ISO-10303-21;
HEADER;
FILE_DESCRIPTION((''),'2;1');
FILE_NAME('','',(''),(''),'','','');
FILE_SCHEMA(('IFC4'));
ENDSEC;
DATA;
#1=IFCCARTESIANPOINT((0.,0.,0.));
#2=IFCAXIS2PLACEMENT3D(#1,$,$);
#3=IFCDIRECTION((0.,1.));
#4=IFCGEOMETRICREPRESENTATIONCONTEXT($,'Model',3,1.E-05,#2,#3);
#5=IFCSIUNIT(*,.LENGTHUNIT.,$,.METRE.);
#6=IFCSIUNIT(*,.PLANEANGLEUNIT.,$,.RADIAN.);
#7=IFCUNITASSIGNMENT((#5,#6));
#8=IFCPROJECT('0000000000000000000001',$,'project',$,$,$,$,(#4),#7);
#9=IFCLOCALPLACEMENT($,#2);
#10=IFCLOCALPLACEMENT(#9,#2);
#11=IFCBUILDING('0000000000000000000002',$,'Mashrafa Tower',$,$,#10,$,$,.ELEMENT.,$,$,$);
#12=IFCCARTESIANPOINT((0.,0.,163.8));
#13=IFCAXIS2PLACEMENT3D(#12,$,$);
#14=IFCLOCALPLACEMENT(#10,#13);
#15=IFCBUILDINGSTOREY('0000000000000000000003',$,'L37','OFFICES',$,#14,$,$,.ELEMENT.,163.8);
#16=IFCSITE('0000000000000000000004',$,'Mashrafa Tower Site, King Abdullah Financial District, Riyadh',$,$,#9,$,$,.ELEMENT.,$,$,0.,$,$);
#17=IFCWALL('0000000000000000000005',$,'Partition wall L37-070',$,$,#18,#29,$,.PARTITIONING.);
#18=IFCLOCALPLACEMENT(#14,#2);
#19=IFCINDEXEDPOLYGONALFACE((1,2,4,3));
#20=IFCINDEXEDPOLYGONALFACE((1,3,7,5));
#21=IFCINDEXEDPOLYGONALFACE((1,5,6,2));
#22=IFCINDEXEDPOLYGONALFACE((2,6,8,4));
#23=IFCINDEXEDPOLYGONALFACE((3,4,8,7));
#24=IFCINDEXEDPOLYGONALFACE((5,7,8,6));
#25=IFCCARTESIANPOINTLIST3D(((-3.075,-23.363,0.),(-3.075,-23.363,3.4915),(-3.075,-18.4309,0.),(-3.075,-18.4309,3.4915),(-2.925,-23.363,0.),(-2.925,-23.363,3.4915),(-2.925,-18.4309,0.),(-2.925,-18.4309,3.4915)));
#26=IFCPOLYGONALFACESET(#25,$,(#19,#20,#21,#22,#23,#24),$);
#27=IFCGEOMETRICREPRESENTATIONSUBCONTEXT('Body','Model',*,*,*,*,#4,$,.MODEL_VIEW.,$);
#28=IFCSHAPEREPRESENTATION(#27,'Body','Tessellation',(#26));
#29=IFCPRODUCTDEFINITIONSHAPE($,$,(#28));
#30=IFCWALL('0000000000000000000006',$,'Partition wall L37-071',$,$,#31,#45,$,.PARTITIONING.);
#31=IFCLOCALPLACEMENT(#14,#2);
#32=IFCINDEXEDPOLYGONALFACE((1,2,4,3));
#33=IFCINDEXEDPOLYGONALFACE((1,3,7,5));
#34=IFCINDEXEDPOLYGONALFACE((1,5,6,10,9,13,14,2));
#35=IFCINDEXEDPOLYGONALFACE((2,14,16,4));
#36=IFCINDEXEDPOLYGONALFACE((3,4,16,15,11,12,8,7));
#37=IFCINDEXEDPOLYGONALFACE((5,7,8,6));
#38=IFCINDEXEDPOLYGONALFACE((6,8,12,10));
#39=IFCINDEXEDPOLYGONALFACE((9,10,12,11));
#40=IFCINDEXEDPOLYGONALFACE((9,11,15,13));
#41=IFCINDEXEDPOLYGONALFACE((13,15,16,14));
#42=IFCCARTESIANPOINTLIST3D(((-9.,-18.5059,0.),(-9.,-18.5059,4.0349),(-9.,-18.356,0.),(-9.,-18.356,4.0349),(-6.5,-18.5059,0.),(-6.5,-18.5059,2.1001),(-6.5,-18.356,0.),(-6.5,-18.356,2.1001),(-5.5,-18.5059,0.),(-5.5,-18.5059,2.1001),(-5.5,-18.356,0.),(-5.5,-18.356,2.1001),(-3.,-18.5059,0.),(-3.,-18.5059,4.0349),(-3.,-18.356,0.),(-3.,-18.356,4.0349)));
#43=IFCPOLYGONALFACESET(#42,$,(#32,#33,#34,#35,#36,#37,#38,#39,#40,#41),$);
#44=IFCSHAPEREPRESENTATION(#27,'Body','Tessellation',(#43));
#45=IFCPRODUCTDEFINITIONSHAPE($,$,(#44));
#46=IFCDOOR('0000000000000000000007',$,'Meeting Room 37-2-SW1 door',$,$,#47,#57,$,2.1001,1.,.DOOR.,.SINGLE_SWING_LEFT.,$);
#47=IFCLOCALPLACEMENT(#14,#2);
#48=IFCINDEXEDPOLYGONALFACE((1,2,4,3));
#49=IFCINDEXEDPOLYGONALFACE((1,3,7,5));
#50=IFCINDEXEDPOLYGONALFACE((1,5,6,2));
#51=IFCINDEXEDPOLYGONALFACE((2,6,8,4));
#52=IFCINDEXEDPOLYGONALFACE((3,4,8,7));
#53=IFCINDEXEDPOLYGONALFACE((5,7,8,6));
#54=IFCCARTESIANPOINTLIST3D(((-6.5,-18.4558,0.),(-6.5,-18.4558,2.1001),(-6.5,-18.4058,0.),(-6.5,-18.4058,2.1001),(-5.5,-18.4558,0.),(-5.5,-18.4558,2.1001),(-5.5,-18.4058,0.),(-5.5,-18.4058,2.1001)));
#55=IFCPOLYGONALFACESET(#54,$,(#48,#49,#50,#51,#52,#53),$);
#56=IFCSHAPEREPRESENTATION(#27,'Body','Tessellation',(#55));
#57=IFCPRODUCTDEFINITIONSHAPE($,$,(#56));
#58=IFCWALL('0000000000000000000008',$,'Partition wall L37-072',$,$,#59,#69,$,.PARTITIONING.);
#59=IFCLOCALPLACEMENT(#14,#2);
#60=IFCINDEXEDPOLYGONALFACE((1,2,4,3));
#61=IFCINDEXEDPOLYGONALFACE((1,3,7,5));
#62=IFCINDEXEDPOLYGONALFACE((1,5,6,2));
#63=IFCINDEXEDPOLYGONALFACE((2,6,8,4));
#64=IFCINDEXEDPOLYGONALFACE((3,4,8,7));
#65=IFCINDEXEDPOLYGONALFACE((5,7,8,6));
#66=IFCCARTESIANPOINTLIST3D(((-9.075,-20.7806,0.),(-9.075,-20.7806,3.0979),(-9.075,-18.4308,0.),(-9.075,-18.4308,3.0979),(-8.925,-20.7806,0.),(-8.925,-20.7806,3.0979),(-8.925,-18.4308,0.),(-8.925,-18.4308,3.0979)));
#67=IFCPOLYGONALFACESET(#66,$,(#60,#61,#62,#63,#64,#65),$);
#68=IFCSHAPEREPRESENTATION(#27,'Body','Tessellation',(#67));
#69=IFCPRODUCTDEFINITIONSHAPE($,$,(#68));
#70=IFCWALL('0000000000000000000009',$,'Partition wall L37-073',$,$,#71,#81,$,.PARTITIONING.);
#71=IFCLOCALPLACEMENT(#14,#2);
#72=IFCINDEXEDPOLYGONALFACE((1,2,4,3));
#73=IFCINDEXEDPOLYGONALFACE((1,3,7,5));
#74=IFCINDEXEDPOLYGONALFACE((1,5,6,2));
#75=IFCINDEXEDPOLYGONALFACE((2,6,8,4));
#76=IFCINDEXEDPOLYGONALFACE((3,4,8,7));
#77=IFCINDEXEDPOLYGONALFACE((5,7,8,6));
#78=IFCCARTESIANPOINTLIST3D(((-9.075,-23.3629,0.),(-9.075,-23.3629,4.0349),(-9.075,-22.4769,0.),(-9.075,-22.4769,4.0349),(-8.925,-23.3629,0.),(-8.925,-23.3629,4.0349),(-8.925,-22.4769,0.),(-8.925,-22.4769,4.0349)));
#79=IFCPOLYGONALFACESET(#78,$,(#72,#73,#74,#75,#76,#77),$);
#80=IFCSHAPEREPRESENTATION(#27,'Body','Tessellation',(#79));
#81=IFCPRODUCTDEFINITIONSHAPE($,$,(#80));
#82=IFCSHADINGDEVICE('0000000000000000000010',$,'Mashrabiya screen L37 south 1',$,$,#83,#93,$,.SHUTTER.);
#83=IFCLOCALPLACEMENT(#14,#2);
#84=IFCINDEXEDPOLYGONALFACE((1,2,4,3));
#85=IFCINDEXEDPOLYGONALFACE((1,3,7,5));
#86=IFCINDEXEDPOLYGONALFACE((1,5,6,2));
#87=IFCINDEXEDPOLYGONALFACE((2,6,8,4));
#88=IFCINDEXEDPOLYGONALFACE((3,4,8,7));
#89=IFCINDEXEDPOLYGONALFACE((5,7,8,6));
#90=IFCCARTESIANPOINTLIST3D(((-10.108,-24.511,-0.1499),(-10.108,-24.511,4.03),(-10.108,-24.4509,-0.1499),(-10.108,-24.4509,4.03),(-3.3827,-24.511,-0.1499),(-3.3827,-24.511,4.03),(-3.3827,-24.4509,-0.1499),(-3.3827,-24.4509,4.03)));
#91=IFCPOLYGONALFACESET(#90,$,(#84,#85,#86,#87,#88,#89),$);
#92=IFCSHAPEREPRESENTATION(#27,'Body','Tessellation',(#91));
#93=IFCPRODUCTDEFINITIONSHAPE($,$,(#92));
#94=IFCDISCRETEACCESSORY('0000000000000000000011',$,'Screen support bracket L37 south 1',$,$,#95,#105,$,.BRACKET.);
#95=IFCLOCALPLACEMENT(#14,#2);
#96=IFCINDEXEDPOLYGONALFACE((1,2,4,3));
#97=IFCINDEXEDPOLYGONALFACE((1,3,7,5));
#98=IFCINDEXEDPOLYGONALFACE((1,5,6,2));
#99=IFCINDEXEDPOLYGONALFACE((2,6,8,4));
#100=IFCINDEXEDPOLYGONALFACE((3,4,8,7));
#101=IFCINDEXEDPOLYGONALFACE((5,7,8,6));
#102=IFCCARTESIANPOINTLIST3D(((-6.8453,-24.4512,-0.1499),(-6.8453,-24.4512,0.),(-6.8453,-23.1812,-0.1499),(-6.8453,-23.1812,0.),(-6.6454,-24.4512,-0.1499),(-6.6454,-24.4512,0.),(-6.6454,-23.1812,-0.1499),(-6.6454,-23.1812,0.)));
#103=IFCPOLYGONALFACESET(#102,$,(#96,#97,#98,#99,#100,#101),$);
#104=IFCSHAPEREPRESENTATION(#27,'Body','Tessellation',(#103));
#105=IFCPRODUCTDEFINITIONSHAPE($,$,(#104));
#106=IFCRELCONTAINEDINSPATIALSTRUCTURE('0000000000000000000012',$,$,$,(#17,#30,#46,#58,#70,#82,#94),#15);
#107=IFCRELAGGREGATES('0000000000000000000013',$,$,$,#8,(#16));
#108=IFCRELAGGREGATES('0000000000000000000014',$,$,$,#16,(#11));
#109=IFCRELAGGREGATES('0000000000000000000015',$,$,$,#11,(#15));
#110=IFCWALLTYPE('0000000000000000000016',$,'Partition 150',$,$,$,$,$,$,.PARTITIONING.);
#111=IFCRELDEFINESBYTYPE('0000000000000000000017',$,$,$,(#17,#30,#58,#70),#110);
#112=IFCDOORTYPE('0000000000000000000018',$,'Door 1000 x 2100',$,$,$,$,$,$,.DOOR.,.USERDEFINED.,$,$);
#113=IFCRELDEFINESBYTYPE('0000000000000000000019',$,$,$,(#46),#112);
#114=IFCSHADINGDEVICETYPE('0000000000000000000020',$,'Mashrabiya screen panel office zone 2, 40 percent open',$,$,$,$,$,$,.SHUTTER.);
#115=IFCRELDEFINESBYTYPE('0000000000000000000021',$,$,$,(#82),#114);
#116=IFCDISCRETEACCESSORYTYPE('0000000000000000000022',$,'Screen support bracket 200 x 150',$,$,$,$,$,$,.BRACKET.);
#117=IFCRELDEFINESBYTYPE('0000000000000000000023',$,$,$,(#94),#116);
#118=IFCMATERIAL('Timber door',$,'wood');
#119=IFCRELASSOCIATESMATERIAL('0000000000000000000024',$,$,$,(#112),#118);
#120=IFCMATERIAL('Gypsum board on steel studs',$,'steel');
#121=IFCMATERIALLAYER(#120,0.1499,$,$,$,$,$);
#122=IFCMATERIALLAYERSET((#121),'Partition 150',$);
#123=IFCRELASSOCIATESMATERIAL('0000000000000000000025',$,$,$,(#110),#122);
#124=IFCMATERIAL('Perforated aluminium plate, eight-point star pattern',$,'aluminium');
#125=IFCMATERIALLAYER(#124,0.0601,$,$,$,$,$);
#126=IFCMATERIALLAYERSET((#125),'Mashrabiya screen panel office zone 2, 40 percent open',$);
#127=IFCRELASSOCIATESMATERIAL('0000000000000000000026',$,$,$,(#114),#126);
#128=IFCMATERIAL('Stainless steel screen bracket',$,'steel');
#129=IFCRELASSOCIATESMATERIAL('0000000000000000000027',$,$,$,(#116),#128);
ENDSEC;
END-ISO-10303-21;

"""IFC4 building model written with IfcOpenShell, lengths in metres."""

from ifc_helpers import new_model, si_unit, direction, frame, frame_2d, origin, origin_2d, place, context, subcontext, project, spatial, rectangle, extrude, source, transform, mapped, material, layer, layer_set, type_object, type_shapes, element, fill, save


model = new_model("IFC4")

# Units and contexts
model_context = context("Model", 3, precision=1e-05, world=origin(), true_north=direction((0.0, 1.0)))
body_context = subcontext(model_context, "Body", "Model", "MODEL_VIEW")
ifc_project = project(units=[si_unit("LENGTHUNIT", "METRE"), si_unit("PLANEANGLEUNIT", "RADIAN")], contexts=[model_context])

# Site, building, storey
site_placement = place(None, origin())
site = spatial("IfcSite", under=ifc_project, at=site_placement, Name="Mashrafa Tower Site, King Abdullah Financial District, Riyadh", CompositionType="ELEMENT", RefElevation=0.0)
building_placement = place(site_placement, origin())
building = spatial("IfcBuilding", under=site, at=building_placement, Name="Mashrafa Tower", CompositionType="ELEMENT")
storey_placement = place(building_placement, frame((0.0, 0.0, 163.8)))
storey = spatial("IfcBuildingStorey", under=building, at=storey_placement, Name="L37", Description="OFFICES", CompositionType="ELEMENT", Elevation=163.8)

# Shared definitions
ifc_material_1 = material(Name="Timber door", Category="wood")
door_type = type_object("IfcDoorType", Name="Door 1000 x 2100", OperationType="USERDEFINED", PredefinedType="DOOR", material=ifc_material_1)

# Wall
ifc_material_2 = material(Name="Gypsum board on steel studs", Category="steel")
ifc_layer_1 = layer(ifc_material_2, 0.1499)
ifc_layer_set_1 = layer_set([ifc_layer_1], Name="Partition 150")
wall_type_1 = type_object("IfcWallType", Name="Partition 150", PredefinedType="PARTITIONING", material=ifc_layer_set_1)
wall_1_placement = place(storey_placement, frame((-3.0, -23.363, 0.0), z_axis=(0.0, 0.0, 1.0), x_axis=(0.0, 1.0, 0.0)))
element("IfcWall", 1, at=wall_1_placement, inside=storey, type_object=wall_type_1, Name="Partition wall L37-070", PredefinedType="PARTITIONING", context=body_context, shape_type="SweptSolid", body=[
    extrude(rectangle(XDim=4.9321, YDim=0.1499, at=frame_2d((2.4661, 0.0))), origin(), (0.0, 0.0, 1.0), 3.4915),
])

# Wall, opening, door
wall_2_placement = place(storey_placement, frame((-3.0, -18.4309, 0.0), z_axis=(0.0, 0.0, 1.0), x_axis=(-1.0, 0.0, 0.0)))
wall_2 = element("IfcWall", 2, at=wall_2_placement, inside=storey, type_object=wall_type_1, Name="Partition wall L37-071", PredefinedType="PARTITIONING", context=body_context, shape_type="SweptSolid", body=[
    extrude(rectangle(XDim=6.0, YDim=0.1499, at=frame_2d((3.0, 0.0))), origin(), (0.0, 0.0, 1.0), 4.0349),
])
opening_1_placement = place(wall_2_placement, frame((2.5, 0.0, 0.0)))
opening_1 = element("IfcOpeningElement", 3, at=opening_1_placement, cuts=wall_2, PredefinedType="OPENING", context=body_context, shape_type="SweptSolid", body=[
    extrude(rectangle(XDim=1.0, YDim=2.1001, at=frame_2d((0.5, 1.05))), frame((0.0, 0.085, 0.0), z_axis=(0.0, -1.0, 0.0), x_axis=(1.0, 0.0, 0.0)), (0.0, 0.0, 1.0), 0.1699),
])
door_1_placement = place(opening_1_placement, origin())
door_1 = element("IfcDoor", 4, at=door_1_placement, inside=storey, type_object=door_type, Name="Meeting Room 37-2-SW1 door", OperationType="SINGLE_SWING_LEFT", OverallHeight=2.1001, OverallWidth=1.0, PredefinedType="DOOR", context=body_context, shape_type="SweptSolid", body=[
    extrude(rectangle(XDim=1.0, YDim=2.1001, at=frame_2d((0.5, 1.05))), frame((0.0, 0.0249, 0.0), z_axis=(0.0, -1.0, 0.0), x_axis=(1.0, 0.0, 0.0)), (0.0, 0.0, 1.0), 0.05),
])
fill(opening_1, door_1)

# Walls
wall_3_placement = place(storey_placement, frame((-9.0, -18.4309, 0.0), z_axis=(0.0, 0.0, 1.0), x_axis=(0.0, -1.0, 0.0)))
element("IfcWall", 5, at=wall_3_placement, inside=storey, type_object=wall_type_1, Name="Partition wall L37-072", PredefinedType="PARTITIONING", context=body_context, shape_type="SweptSolid", body=[
    extrude(rectangle(XDim=2.3499, YDim=0.1499, at=frame_2d((1.1748, 0.0))), origin(), (0.0, 0.0, 1.0), 3.0979),
])
wall_4_placement = place(storey_placement, frame((-9.0, -22.4771, 0.0), z_axis=(0.0, 0.0, 1.0), x_axis=(0.0, -1.0, 0.0)))
element("IfcWall", 6, at=wall_4_placement, inside=storey, type_object=wall_type_1, Name="Partition wall L37-073", PredefinedType="PARTITIONING", context=body_context, shape_type="SweptSolid", body=[
    extrude(rectangle(XDim=0.886, YDim=0.1499, at=frame_2d((0.4429, 0.0))), origin(), (0.0, 0.0, 1.0), 4.0349),
])

# Shading device
ifc_material_3 = material(Name="Perforated aluminium plate, eight-point star pattern", Category="aluminium")
ifc_layer_2 = layer(ifc_material_3, 0.0601)
ifc_layer_set_2 = layer_set([ifc_layer_2], Name="Mashrabiya screen panel office zone 2, 40 percent open")
shading_device_type = type_object("IfcShadingDeviceType", Name="Mashrabiya screen panel office zone 2, 40 percent open", PredefinedType="SHUTTER", material=ifc_layer_set_2)
shared_shape_1 = source(origin(), body_context, "Body", "SweptSolid", [
    extrude(rectangle(XDim=6.7253, YDim=0.0601, at=origin_2d()), origin(), (0.0, 0.0, 1.0), 4.1799),
])
type_shapes(shading_device_type, [shared_shape_1])
shading_device_placement = place(storey_placement, frame((-6.7454, -24.481, -0.1499), z_axis=(0.0, 0.0, 1.0), x_axis=(1.0, 0.0, 0.0)))
element("IfcShadingDevice", 7, at=shading_device_placement, inside=storey, type_object=shading_device_type, Name="Mashrabiya screen L37 south 1", PredefinedType="SHUTTER", context=body_context, shape_type="MappedRepresentation", body=[
    mapped(shared_shape_1, transform((0.0, 0.0, 0.0))),
])

# Discrete accessory
ifc_material_4 = material(Name="Stainless steel screen bracket", Category="steel")
discrete_accessory_type = type_object("IfcDiscreteAccessoryType", Name="Screen support bracket 200 x 150", PredefinedType="BRACKET", material=ifc_material_4)
shared_shape_2 = source(origin(), body_context, "Body", "SweptSolid", [
    extrude(rectangle(XDim=0.2, YDim=1.27, at=origin_2d()), origin(), (0.0, 0.0, 1.0), 0.1499),
])
type_shapes(discrete_accessory_type, [shared_shape_2])
discrete_accessory_placement = place(storey_placement, frame((-6.7454, -23.8162, -0.1499), z_axis=(0.0, 0.0, 1.0), x_axis=(1.0, 0.0, 0.0)))
element("IfcDiscreteAccessory", 8, at=discrete_accessory_placement, inside=storey, type_object=discrete_accessory_type, Name="Screen support bracket L37 south 1", PredefinedType="BRACKET", context=body_context, shape_type="MappedRepresentation", body=[
    mapped(shared_shape_2, transform((0.0, 0.0, 0.0))),
])

save(model, "model.ifc")
